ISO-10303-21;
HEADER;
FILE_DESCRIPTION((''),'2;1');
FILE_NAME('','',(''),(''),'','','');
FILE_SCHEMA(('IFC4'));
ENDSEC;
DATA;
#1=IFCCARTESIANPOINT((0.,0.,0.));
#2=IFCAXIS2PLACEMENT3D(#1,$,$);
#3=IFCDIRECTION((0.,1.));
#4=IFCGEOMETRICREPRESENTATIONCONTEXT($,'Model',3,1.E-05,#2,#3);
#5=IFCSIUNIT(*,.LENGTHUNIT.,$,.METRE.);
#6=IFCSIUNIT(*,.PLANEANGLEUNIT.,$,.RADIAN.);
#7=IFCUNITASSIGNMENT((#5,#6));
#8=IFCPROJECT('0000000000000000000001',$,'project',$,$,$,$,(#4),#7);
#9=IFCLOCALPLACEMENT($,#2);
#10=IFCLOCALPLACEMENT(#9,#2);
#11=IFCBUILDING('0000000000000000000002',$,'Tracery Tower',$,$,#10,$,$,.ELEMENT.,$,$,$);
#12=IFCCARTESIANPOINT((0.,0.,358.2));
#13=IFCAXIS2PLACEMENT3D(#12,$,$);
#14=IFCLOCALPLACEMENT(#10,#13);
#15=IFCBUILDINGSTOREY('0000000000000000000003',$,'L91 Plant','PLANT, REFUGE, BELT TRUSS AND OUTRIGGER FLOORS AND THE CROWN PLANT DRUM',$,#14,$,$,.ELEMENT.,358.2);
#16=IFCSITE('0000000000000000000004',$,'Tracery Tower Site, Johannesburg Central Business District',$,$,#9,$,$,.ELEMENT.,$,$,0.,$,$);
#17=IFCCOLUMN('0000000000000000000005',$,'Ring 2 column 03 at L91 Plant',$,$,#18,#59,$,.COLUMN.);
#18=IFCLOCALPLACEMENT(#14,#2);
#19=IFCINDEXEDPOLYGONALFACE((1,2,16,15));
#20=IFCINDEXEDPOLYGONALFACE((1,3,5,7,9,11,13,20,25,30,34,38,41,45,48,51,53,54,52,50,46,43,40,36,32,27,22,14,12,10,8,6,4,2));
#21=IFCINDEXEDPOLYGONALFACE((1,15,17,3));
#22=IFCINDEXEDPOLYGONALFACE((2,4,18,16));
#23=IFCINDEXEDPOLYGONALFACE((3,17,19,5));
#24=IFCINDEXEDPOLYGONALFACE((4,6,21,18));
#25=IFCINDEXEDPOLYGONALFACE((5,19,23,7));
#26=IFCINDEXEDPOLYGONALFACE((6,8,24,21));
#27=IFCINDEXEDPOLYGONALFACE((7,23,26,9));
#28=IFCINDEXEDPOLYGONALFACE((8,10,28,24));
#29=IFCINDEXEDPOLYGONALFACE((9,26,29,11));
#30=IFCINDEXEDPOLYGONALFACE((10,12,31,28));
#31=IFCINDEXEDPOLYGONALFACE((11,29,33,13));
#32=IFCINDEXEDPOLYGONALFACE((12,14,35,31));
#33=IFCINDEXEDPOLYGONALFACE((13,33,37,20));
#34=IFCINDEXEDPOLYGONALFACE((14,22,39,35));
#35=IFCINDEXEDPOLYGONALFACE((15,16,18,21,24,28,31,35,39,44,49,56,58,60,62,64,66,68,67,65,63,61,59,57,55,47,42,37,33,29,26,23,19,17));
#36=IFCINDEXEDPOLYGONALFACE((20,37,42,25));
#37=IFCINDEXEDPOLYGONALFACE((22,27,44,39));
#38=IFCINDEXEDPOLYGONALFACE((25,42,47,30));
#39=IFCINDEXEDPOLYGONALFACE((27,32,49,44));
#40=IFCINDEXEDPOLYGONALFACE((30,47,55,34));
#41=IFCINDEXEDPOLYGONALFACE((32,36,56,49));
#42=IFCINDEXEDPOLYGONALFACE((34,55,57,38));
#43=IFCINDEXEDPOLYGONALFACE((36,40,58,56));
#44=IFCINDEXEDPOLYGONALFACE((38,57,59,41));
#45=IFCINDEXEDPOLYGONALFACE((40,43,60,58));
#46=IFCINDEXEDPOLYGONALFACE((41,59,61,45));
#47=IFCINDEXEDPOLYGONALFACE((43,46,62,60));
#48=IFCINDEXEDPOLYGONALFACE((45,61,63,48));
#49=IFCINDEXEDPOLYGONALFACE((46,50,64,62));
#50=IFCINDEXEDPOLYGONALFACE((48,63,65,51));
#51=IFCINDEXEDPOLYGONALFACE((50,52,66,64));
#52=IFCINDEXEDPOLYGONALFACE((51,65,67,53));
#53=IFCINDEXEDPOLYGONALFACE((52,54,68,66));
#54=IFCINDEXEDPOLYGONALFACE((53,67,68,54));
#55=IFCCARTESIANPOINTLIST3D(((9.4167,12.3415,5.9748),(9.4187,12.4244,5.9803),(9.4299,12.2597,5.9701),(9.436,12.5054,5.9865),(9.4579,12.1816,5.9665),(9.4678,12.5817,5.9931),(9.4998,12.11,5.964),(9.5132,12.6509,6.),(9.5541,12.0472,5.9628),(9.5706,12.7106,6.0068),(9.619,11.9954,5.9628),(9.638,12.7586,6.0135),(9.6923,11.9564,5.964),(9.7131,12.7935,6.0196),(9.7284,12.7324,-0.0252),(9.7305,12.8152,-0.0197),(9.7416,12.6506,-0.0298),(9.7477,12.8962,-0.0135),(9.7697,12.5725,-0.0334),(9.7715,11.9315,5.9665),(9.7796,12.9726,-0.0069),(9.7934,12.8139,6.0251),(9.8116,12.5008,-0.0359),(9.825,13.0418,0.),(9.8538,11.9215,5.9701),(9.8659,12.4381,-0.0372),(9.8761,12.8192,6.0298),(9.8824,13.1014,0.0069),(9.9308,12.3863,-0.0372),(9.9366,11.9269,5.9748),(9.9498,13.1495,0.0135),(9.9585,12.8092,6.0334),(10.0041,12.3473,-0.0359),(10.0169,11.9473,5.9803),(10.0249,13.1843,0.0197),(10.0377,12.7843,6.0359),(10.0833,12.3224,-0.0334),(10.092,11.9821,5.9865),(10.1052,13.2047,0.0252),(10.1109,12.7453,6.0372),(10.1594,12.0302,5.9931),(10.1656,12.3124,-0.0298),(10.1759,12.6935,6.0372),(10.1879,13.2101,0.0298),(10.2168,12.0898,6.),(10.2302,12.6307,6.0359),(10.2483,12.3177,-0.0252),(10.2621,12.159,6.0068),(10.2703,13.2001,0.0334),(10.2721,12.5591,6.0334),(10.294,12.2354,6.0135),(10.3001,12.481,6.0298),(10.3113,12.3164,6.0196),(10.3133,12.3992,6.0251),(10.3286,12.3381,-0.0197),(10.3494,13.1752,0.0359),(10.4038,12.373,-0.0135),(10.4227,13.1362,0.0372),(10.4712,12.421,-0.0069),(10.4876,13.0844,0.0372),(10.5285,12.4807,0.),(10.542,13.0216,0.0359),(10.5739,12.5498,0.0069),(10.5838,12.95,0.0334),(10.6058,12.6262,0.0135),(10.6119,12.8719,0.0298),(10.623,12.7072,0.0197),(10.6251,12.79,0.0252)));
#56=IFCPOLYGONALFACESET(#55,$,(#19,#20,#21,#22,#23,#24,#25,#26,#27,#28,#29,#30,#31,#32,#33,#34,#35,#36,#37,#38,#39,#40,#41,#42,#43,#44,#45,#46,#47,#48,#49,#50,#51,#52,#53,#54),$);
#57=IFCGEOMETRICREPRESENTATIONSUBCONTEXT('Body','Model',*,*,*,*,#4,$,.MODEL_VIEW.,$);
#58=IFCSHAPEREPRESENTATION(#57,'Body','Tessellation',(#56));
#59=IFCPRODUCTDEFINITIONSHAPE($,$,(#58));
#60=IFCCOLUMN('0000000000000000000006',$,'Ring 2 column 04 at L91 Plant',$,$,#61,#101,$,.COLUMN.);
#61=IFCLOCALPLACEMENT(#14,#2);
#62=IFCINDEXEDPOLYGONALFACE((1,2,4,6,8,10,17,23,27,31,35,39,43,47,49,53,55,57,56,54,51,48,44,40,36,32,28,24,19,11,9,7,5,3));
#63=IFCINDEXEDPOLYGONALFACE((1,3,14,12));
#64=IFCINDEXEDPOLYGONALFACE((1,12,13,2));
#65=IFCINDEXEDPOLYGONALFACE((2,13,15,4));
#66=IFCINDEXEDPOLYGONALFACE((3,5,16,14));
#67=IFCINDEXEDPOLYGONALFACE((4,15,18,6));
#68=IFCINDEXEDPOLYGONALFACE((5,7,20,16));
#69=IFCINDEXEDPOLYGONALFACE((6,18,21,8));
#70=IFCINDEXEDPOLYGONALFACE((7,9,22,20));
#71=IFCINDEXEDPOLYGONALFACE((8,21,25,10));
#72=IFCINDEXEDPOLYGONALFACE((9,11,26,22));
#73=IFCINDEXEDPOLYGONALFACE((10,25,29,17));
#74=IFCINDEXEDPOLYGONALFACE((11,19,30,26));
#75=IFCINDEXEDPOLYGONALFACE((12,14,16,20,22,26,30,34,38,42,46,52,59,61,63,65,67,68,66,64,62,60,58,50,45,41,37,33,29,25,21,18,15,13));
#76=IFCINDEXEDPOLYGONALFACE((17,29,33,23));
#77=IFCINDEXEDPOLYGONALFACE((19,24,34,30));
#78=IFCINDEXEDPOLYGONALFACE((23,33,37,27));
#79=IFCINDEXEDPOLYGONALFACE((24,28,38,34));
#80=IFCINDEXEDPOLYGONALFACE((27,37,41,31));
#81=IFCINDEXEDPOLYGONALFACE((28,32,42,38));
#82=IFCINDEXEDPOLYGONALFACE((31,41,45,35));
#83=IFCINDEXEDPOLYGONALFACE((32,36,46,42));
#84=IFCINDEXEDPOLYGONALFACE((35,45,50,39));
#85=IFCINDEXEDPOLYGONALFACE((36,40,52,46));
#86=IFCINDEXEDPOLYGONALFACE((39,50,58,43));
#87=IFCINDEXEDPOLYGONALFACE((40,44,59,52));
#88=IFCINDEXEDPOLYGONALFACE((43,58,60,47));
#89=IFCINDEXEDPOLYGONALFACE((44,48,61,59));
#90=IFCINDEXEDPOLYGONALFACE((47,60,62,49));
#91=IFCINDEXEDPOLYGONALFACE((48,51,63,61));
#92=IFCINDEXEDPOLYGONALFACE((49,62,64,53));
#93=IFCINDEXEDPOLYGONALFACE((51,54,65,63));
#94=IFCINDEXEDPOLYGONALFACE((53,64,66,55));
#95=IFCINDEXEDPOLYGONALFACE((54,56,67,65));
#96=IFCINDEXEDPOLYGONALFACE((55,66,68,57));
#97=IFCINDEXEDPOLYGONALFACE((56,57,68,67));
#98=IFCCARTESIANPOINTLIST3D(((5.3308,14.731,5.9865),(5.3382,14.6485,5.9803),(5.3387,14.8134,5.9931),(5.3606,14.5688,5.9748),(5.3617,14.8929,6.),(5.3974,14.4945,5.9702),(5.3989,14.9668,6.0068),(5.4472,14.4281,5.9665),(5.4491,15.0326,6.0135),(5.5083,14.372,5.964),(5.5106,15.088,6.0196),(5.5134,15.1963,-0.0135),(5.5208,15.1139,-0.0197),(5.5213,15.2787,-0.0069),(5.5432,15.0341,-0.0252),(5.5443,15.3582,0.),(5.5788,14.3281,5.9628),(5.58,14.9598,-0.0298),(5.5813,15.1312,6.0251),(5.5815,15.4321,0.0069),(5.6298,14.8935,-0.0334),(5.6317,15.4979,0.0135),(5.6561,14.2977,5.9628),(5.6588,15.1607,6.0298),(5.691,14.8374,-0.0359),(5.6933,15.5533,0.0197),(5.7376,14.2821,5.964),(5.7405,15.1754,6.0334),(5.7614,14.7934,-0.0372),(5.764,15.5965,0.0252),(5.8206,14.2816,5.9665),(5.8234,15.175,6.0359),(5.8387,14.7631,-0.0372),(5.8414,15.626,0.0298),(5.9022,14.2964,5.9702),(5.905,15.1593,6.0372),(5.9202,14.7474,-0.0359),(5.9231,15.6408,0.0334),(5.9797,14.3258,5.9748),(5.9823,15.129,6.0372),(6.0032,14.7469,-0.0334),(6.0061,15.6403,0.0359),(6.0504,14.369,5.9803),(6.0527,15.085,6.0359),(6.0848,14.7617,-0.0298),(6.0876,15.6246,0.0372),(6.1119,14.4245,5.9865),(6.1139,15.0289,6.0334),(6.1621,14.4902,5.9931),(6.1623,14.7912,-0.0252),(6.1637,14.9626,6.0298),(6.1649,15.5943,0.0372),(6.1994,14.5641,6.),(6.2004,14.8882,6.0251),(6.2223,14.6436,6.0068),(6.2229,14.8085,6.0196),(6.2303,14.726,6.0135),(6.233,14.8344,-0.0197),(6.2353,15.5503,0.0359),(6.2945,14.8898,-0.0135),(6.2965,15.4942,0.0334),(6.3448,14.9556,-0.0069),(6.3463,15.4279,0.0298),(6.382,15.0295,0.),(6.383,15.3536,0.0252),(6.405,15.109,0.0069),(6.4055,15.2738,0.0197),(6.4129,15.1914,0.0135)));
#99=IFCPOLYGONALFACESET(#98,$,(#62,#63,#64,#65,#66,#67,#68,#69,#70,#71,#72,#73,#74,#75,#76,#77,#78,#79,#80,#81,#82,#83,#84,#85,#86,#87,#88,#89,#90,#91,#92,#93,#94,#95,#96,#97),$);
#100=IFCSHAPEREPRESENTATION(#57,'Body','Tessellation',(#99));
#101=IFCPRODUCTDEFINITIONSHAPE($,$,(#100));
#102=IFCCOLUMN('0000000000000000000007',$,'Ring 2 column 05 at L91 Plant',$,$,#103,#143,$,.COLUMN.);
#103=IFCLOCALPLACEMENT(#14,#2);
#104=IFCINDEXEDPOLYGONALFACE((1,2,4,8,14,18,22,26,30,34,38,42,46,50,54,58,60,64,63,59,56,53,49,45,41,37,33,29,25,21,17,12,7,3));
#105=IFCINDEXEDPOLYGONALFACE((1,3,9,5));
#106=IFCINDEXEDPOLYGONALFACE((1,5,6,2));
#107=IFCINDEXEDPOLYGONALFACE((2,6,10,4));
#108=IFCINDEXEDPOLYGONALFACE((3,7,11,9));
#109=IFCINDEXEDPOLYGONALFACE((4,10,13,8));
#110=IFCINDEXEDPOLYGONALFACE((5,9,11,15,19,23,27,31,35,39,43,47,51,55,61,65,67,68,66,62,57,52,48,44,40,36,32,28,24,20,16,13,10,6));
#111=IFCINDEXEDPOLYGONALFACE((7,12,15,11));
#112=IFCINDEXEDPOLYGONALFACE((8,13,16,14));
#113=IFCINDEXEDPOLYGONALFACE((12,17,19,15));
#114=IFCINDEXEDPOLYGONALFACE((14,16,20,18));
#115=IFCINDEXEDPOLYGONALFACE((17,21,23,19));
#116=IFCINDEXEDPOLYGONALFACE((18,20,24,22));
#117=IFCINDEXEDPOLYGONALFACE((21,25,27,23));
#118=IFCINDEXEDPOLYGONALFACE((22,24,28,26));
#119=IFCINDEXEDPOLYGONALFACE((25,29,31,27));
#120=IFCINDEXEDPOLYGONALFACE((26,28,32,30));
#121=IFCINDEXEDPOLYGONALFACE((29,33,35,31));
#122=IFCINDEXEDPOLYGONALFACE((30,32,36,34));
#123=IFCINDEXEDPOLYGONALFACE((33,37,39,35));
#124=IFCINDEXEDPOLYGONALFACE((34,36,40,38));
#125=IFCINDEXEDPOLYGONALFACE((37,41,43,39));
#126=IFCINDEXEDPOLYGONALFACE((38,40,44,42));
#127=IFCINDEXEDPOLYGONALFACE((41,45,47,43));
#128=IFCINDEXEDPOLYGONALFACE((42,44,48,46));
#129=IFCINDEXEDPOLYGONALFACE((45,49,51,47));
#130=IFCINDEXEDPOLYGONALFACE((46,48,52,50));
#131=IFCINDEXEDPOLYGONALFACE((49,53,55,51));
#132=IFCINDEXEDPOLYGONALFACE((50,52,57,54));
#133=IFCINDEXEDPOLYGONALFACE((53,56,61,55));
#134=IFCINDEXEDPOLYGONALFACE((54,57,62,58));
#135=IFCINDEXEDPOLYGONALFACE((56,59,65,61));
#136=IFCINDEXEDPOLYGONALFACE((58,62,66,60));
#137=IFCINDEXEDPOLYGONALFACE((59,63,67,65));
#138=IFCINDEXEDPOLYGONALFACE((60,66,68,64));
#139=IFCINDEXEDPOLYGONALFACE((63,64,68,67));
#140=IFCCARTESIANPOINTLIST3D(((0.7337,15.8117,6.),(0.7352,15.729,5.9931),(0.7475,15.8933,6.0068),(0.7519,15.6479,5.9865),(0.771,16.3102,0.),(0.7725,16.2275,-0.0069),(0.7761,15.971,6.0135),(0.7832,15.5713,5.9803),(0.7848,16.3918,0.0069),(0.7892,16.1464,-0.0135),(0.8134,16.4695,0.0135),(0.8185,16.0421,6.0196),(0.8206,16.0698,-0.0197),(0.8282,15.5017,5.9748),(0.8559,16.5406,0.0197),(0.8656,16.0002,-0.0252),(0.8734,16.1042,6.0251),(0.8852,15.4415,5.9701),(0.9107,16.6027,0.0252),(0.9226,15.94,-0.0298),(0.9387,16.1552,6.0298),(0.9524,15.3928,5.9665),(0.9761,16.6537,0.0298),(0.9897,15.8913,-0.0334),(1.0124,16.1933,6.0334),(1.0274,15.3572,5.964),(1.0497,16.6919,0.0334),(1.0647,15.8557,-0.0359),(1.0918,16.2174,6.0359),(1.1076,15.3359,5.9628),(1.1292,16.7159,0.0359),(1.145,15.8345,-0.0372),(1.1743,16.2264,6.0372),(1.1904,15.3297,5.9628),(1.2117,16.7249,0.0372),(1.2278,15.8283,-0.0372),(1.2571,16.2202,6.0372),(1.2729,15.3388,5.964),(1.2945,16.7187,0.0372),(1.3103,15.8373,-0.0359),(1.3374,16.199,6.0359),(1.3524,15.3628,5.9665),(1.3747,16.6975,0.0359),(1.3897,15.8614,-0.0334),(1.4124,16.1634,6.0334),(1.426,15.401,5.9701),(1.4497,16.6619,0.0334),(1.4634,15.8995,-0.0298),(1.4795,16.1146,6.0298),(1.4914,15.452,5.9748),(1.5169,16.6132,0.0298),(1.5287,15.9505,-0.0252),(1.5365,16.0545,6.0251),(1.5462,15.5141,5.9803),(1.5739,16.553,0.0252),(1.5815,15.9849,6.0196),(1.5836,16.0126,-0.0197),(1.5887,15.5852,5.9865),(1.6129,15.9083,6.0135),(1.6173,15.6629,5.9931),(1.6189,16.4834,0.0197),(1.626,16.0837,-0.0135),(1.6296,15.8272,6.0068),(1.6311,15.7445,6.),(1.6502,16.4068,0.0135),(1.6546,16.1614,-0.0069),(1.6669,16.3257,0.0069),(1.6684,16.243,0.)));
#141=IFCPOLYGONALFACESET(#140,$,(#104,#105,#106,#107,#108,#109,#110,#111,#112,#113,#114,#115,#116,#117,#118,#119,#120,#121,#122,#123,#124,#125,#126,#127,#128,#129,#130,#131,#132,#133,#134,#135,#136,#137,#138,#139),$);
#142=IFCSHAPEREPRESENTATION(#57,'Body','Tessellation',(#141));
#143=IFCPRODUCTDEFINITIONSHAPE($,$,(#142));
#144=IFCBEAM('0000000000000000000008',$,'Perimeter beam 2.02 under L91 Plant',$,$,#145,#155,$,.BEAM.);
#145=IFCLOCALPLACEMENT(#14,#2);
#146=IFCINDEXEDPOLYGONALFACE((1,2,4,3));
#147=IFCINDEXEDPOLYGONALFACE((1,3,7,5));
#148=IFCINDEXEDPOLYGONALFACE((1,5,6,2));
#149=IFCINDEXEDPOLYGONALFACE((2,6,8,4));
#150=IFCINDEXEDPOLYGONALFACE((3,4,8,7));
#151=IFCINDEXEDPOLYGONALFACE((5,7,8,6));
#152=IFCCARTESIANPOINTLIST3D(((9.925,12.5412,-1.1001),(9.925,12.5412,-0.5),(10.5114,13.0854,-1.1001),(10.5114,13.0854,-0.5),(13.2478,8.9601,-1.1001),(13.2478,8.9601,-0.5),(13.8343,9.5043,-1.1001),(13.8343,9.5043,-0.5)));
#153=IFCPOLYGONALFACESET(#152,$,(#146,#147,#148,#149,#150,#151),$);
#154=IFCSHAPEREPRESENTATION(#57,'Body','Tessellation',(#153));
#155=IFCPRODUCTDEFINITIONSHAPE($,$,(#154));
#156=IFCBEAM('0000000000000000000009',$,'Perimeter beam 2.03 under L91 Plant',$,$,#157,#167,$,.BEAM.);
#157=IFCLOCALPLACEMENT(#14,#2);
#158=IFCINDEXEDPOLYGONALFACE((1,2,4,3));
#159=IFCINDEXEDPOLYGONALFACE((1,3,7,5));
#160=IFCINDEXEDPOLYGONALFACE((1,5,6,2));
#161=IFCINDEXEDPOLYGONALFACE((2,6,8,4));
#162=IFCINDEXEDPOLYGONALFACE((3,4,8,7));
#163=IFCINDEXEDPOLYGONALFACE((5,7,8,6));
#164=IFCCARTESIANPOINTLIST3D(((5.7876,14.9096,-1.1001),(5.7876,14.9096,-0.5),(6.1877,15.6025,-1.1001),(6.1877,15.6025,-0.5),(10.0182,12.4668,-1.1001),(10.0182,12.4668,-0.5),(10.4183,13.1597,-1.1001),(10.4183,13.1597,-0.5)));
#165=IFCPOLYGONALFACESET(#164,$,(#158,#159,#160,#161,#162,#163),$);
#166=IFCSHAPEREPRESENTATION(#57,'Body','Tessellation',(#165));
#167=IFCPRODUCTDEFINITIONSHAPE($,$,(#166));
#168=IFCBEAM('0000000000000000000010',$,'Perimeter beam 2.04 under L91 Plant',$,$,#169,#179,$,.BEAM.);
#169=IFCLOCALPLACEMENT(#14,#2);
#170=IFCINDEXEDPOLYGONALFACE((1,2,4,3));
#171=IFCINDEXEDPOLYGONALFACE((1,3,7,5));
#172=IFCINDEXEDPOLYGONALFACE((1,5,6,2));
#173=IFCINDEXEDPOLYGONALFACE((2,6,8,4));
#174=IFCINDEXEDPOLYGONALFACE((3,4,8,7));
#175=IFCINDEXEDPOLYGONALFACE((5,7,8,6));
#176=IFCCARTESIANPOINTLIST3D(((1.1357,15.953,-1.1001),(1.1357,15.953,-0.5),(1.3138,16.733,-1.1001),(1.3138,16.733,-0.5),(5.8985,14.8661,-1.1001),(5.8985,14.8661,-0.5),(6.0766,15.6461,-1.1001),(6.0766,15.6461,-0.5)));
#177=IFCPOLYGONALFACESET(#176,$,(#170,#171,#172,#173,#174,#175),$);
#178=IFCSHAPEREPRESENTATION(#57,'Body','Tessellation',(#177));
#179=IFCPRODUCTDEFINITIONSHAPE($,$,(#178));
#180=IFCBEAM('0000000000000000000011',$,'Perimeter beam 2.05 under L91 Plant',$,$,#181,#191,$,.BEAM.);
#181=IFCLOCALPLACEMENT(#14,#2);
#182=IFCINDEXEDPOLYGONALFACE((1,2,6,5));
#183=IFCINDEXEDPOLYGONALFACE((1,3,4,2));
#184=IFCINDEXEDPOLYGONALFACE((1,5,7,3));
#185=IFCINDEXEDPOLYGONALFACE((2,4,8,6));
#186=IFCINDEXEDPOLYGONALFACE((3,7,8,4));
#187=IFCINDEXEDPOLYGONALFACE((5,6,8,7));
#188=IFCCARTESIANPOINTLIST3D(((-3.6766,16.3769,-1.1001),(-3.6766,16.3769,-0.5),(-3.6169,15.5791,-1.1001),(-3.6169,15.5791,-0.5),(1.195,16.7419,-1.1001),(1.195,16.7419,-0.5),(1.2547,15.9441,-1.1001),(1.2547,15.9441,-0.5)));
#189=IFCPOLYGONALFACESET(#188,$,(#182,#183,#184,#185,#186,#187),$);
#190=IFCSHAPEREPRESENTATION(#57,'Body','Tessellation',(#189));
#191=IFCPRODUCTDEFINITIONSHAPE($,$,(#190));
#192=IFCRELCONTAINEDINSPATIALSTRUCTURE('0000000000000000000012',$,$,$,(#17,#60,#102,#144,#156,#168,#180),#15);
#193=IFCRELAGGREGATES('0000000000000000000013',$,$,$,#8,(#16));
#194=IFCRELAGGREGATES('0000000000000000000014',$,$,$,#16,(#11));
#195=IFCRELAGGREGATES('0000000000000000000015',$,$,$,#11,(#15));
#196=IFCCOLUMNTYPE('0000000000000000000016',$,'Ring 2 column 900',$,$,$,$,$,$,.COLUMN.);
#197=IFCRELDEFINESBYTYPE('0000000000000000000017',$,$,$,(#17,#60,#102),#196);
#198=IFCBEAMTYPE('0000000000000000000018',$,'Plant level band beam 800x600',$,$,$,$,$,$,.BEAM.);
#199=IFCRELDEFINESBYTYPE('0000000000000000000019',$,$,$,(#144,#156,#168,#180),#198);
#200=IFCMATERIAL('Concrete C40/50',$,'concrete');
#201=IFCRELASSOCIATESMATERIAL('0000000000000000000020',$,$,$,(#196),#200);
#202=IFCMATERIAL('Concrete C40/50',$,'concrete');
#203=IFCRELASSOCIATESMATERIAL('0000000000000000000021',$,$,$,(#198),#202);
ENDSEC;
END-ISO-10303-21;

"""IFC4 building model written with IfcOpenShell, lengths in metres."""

from ifc_helpers import new_model, si_unit, direction, frame, origin, origin_2d, place, context, subcontext, project, spatial, rectangle, circle, extrude, material, material_profile, profile_set, type_object, element, save


model = new_model("IFC4")

# Units and contexts
model_context = context("Model", 3, precision=1e-05, world=origin(), true_north=direction((0.0, 1.0)))
body_context = subcontext(model_context, "Body", "Model", "MODEL_VIEW")
ifc_project = project(units=[si_unit("LENGTHUNIT", "METRE"), si_unit("PLANEANGLEUNIT", "RADIAN")], contexts=[model_context])

# Site, building, storey
site_placement = place(None, origin())
site = spatial("IfcSite", under=ifc_project, at=site_placement, Name="Tracery Tower Site, Johannesburg Central Business District", CompositionType="ELEMENT", RefElevation=0.0)
building_placement = place(site_placement, origin())
building = spatial("IfcBuilding", under=site, at=building_placement, Name="Tracery Tower", CompositionType="ELEMENT")
storey_placement = place(building_placement, frame((0.0, 0.0, 358.2)))
storey = spatial("IfcBuildingStorey", under=building, at=storey_placement, Name="L91 Plant", Description="PLANT, REFUGE, BELT TRUSS AND OUTRIGGER FLOORS AND THE CROWN PLANT DRUM", CompositionType="ELEMENT", Elevation=358.2)

# Columns
ifc_material_1 = material(Name="Concrete C40/50", Category="concrete")
ifc_material_profile_1 = material_profile(ifc_material_1, circle(Radius=0.45, at=origin_2d()), Name="RC D900")
ifc_profile_set_1 = profile_set([ifc_material_profile_1], Name="Concrete C40/50")
column_type = type_object("IfcColumnType", Name="Ring 2 column 900", PredefinedType="COLUMN", material=ifc_profile_set_1)
for number, where, z_axis, x_axis, name in (
    (1, (10.1768, 12.7612, 0.0), (-0.051782, -0.06492, 0.996546), (0.781773, -0.623563, 0.0), "Ring 2 column 03 at L91 Plant"),
    (2, (5.9631, 15.1938, 0.0), (-0.030331, -0.077288, 0.996547), (0.930882, -0.36532, 0.0), "Ring 2 column 04 at L91 Plant"),
    (3, (1.2197, 16.2766, 0.0), (-0.006204, -0.082802, 0.996547), (0.997205, -0.074717, 0.0), "Ring 2 column 05 at L91 Plant"),
):
    element("IfcColumn", number, at=place(storey_placement, frame(where, z_axis=z_axis, x_axis=x_axis)), inside=storey, type_object=column_type, Name=name, PredefinedType="COLUMN", context=body_context, shape_type="SweptSolid", body=[
        extrude(circle(Radius=0.45, at=origin_2d()), origin(), (0.0, 0.0, 1.0), 6.0208),
    ])

# Beams
ifc_material_2 = material(Name="Concrete C40/50", Category="concrete")
ifc_material_profile_2 = material_profile(ifc_material_2, rectangle(XDim=0.8, YDim=0.6001, at=origin_2d()), Name="RC 800x600")
ifc_profile_set_2 = profile_set([ifc_material_profile_2], Name="Concrete C40/50")
beam_type = type_object("IfcBeamType", Name="Plant level band beam 800x600", PredefinedType="BEAM", material=ifc_profile_set_2)
for number, where, z_axis, x_axis, name in (
    (4, (13.541, 9.2322, -0.8), (-0.680175, 0.73305, 0.0), (-0.73305, -0.680175, 0.0), "Perimeter beam 2.02 under L91 Plant"),
    (5, (10.2183, 12.8132, -0.8), (-0.866002, 0.500041, 0.0), (-0.500041, -0.866002, 0.0), "Perimeter beam 2.03 under L91 Plant"),
    (6, (5.9875, 15.2561, -0.8), (-0.974934, 0.222494, 0.0), (-0.222494, -0.974934, 0.0), "Perimeter beam 2.04 under L91 Plant"),
    (7, (1.2249, 16.343, -0.8), (-0.997205, -0.074713, 0.0), (0.074713, -0.997205, 0.0), "Perimeter beam 2.05 under L91 Plant"),
):
    element("IfcBeam", number, at=place(storey_placement, frame(where, z_axis=z_axis, x_axis=x_axis)), inside=storey, type_object=beam_type, Name=name, PredefinedType="BEAM", context=body_context, shape_type="SweptSolid", body=[
        extrude(rectangle(XDim=0.8, YDim=0.6001, at=origin_2d()), origin(), (0.0, 0.0, 1.0), 4.8853),
    ])

save(model, "model.ifc")
